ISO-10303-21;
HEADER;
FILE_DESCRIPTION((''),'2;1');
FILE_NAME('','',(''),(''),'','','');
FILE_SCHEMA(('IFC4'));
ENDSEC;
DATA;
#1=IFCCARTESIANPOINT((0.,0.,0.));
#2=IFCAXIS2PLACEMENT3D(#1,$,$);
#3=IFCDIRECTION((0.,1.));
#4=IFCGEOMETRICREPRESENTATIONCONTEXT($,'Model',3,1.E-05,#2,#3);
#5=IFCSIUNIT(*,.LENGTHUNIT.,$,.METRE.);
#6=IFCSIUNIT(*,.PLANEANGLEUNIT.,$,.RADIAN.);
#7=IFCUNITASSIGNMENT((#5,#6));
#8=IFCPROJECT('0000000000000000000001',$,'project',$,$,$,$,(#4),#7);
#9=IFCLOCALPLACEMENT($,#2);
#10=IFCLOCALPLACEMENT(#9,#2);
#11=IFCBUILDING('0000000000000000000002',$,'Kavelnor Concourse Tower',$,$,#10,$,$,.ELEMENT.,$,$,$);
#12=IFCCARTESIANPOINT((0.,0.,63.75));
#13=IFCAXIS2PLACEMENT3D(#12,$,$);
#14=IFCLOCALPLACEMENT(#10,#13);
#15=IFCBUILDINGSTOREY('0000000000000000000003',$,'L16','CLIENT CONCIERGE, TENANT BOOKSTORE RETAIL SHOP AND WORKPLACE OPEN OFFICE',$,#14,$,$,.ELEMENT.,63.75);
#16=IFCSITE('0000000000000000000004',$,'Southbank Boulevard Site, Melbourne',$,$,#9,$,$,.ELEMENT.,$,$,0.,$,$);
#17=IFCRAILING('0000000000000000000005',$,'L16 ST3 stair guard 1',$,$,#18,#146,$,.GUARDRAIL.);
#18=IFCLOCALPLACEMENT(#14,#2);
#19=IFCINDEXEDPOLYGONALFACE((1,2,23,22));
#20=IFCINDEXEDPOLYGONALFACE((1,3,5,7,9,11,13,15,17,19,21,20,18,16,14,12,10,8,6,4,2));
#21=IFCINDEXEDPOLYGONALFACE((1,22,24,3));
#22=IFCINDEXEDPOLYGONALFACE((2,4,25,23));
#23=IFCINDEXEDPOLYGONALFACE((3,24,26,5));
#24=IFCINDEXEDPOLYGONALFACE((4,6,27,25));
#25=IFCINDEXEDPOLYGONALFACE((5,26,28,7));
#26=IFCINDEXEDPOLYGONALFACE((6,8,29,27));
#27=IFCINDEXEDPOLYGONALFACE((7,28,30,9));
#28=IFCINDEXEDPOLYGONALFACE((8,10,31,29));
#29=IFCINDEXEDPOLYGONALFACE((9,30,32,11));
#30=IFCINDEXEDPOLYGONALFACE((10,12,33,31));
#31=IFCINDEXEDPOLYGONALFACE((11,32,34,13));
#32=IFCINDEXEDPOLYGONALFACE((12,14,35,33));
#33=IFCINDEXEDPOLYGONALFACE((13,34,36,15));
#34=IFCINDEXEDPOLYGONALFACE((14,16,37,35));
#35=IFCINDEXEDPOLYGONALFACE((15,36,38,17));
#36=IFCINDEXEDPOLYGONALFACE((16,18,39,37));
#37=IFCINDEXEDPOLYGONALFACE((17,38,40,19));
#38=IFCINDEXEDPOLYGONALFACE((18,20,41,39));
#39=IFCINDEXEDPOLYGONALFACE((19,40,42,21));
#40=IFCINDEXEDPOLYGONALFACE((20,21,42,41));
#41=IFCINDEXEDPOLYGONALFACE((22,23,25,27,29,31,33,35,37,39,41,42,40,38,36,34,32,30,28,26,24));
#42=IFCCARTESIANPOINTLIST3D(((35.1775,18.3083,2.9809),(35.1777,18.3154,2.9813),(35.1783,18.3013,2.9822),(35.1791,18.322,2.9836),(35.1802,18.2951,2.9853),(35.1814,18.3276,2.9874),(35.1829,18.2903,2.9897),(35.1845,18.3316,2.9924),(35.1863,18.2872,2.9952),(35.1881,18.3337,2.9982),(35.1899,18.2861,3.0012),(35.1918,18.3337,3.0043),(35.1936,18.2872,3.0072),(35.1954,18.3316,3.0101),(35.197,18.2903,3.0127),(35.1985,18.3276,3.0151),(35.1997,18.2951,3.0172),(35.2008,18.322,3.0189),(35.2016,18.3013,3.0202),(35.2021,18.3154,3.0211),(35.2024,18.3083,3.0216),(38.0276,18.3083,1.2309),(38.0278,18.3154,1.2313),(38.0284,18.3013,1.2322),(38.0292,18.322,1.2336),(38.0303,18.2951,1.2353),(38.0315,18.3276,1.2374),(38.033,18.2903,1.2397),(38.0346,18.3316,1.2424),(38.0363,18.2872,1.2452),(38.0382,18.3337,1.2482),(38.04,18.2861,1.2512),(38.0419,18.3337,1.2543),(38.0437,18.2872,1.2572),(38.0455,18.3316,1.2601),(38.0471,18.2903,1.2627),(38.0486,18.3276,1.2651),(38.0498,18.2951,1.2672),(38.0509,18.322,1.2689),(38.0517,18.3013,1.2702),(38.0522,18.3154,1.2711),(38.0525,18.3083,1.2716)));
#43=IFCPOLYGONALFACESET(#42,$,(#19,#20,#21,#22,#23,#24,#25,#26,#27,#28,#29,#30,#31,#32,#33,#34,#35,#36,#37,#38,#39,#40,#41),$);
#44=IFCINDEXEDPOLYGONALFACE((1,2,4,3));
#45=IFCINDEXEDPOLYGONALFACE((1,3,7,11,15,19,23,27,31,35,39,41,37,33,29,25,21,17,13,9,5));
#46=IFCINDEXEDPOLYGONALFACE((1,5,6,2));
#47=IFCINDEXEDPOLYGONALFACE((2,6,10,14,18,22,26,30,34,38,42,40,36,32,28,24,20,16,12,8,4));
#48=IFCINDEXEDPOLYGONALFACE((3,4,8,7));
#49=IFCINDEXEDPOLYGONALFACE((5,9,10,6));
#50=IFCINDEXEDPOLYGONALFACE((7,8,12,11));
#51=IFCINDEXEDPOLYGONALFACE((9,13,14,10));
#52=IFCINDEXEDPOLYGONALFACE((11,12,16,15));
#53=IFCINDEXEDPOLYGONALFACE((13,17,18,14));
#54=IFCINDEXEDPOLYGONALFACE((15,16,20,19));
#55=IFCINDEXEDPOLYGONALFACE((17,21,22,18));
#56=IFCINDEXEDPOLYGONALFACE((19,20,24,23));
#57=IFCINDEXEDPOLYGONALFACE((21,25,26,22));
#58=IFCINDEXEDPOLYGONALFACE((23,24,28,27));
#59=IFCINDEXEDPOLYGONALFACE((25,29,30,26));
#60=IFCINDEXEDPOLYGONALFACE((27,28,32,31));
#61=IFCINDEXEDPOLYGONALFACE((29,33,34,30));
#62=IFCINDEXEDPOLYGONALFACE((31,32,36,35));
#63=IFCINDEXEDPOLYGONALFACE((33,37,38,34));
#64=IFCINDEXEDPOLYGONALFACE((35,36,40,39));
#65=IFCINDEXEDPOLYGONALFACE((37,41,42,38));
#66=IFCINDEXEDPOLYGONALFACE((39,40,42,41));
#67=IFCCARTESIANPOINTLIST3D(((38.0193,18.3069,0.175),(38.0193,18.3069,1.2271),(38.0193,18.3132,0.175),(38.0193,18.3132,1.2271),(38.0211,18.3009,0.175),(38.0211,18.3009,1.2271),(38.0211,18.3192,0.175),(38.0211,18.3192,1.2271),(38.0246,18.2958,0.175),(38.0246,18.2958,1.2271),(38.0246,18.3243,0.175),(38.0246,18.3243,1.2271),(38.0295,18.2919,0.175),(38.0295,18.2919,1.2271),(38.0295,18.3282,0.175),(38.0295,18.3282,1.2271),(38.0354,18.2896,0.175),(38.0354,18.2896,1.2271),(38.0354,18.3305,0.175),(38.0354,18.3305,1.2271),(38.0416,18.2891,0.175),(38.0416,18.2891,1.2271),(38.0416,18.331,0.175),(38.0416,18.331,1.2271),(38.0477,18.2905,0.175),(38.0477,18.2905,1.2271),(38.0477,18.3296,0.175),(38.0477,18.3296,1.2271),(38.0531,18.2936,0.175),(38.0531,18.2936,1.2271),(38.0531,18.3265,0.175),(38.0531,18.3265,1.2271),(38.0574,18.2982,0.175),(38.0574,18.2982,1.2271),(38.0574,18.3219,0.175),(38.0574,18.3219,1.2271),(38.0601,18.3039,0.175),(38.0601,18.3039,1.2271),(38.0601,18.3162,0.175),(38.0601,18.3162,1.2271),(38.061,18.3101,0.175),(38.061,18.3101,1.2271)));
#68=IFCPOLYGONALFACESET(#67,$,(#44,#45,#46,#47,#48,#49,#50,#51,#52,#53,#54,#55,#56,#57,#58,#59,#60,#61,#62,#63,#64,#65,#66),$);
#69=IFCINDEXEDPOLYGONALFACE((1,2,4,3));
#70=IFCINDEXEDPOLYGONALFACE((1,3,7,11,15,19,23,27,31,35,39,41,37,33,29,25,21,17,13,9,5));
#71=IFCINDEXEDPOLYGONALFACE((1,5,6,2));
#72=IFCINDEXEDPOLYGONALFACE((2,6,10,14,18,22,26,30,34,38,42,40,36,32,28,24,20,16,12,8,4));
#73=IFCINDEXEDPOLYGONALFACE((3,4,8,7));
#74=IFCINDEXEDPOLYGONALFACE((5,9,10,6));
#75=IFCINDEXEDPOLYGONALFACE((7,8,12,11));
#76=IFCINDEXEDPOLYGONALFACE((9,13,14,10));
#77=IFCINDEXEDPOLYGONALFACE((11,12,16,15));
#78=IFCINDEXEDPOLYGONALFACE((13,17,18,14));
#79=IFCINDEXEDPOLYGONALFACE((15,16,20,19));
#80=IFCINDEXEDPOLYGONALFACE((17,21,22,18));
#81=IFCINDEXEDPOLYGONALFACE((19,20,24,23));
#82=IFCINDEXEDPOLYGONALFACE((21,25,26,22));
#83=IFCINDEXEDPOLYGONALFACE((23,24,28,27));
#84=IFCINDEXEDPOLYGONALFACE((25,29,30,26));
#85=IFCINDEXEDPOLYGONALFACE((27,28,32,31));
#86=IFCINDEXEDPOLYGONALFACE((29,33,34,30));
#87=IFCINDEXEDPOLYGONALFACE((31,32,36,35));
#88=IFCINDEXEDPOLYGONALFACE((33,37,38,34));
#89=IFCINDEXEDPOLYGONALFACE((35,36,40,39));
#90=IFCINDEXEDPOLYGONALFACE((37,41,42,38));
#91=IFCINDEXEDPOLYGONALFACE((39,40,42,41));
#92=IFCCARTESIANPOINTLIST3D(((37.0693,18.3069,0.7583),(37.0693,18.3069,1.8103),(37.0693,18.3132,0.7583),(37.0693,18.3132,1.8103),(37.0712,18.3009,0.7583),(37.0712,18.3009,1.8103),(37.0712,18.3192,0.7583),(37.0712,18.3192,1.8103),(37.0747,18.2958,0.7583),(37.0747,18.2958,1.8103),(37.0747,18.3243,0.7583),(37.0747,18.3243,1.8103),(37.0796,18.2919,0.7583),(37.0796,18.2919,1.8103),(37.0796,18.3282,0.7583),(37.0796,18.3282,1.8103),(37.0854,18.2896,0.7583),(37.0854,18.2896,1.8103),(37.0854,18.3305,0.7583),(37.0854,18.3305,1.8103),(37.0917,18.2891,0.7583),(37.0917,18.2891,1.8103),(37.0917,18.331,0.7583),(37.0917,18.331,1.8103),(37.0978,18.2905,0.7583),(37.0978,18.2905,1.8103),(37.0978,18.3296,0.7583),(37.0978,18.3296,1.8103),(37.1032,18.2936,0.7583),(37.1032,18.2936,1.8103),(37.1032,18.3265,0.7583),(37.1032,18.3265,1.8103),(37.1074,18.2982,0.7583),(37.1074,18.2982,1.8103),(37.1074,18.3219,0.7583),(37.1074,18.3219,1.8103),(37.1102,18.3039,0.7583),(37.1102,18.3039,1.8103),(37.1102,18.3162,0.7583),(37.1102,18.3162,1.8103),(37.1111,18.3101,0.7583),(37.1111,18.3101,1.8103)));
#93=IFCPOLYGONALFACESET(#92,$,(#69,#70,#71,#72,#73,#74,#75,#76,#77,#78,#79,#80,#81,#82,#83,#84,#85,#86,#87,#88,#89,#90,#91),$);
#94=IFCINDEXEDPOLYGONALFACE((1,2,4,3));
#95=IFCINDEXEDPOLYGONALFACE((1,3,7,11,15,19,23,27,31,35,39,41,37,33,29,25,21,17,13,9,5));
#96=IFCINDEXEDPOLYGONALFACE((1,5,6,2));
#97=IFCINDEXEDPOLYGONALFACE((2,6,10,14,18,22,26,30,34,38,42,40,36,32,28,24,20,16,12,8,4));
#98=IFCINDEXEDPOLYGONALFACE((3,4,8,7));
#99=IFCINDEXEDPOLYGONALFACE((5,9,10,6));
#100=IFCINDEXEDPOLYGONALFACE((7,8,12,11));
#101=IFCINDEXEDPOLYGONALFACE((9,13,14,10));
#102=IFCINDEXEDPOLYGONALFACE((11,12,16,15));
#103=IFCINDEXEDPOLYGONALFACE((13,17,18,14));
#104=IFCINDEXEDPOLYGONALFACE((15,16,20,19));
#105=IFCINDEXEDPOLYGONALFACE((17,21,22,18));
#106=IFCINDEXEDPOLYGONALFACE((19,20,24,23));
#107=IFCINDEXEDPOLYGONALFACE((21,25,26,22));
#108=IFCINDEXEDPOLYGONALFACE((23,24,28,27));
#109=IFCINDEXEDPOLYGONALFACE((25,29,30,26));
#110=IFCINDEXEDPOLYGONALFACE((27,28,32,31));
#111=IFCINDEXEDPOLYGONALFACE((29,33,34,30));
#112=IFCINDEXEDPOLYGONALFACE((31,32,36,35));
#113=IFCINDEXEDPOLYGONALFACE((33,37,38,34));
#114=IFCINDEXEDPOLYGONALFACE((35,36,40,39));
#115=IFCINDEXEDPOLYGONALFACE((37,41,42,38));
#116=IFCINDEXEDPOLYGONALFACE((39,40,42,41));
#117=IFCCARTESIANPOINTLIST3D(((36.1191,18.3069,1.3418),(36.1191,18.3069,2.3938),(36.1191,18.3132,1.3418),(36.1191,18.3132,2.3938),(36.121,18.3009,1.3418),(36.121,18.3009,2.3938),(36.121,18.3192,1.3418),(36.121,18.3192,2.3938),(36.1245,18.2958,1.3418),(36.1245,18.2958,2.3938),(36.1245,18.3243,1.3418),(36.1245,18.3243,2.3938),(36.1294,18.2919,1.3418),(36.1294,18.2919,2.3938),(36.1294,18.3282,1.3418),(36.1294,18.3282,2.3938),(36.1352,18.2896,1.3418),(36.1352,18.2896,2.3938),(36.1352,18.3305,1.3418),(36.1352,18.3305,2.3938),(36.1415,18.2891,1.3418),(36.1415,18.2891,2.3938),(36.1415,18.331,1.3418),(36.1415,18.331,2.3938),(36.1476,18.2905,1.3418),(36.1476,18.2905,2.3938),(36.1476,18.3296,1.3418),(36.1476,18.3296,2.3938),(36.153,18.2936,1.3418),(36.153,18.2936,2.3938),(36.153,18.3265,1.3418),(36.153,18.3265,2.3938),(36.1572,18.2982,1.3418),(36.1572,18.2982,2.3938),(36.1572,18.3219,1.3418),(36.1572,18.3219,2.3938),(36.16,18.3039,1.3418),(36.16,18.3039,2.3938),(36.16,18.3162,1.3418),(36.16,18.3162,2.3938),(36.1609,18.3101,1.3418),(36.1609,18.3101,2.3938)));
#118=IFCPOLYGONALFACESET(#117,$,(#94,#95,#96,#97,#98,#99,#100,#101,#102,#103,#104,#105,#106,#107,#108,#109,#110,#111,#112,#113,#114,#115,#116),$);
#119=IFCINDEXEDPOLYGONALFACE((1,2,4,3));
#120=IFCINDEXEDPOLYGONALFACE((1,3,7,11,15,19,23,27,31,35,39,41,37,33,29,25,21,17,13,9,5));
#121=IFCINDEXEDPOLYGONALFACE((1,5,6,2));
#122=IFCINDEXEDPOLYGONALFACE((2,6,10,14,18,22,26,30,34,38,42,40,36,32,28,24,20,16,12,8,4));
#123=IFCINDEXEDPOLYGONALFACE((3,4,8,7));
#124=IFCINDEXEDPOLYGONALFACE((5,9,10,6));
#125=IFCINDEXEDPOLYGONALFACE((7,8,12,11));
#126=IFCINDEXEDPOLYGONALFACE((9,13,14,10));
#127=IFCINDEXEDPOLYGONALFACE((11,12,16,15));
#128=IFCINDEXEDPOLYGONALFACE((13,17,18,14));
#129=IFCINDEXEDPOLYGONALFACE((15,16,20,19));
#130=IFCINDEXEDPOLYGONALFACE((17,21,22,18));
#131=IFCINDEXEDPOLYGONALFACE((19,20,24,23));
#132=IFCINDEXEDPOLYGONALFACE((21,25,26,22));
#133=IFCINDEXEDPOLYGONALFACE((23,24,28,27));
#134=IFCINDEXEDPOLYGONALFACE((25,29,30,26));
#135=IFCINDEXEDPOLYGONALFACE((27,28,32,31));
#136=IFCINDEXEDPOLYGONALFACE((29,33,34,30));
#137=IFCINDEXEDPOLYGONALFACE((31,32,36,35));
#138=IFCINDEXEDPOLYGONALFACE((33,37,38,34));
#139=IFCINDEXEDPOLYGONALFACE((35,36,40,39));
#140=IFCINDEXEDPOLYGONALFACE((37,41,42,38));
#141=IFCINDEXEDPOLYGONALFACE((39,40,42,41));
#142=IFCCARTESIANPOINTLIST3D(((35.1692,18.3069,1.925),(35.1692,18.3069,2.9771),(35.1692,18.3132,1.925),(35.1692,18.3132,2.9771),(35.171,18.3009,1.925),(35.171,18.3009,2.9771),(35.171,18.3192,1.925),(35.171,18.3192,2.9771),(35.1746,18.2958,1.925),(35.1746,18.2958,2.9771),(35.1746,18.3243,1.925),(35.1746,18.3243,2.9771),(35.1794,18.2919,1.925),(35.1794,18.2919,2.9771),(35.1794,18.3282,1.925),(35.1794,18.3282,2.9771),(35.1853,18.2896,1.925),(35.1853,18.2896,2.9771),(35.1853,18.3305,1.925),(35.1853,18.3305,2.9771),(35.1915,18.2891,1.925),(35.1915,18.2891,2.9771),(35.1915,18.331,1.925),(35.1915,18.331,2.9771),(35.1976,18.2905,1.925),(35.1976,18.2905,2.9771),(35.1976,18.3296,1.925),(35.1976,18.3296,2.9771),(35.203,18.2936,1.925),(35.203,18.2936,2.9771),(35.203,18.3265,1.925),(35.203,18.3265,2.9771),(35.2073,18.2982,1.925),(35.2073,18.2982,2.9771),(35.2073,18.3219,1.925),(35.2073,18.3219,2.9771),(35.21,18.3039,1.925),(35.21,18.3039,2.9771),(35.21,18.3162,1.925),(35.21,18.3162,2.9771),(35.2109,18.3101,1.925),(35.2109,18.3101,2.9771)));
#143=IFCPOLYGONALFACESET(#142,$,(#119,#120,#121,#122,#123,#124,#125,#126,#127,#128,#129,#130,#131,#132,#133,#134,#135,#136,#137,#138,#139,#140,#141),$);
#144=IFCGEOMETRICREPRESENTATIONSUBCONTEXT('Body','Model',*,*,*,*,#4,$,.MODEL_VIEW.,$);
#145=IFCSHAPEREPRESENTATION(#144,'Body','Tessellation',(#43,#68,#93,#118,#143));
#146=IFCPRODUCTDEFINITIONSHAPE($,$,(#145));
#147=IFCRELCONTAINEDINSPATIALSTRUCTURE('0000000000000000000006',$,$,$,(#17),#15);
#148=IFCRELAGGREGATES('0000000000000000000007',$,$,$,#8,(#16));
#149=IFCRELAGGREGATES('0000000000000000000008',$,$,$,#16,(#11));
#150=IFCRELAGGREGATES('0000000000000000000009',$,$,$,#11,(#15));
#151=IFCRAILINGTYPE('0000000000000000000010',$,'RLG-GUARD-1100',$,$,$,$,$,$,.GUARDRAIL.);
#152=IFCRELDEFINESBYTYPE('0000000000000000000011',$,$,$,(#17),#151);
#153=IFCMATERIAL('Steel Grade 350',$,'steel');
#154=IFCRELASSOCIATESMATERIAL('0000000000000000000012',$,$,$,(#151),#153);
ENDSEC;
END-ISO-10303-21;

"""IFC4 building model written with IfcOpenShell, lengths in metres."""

from ifc_helpers import new_model, si_unit, direction, frame, origin, origin_2d, place, context, subcontext, project, spatial, circle, extrude, material, type_object, element, save


model = new_model("IFC4")

# Units and contexts
model_context = context("Model", 3, precision=1e-05, world=origin(), true_north=direction((0.0, 1.0)))
body_context = subcontext(model_context, "Body", "Model", "MODEL_VIEW")
ifc_project = project(units=[si_unit("LENGTHUNIT", "METRE"), si_unit("PLANEANGLEUNIT", "RADIAN")], contexts=[model_context])

# Site, building, storey
site_placement = place(None, origin())
site = spatial("IfcSite", under=ifc_project, at=site_placement, Name="Southbank Boulevard Site, Melbourne", CompositionType="ELEMENT", RefElevation=0.0)
building_placement = place(site_placement, origin())
building = spatial("IfcBuilding", under=site, at=building_placement, Name="Kavelnor Concourse Tower", CompositionType="ELEMENT")
storey_placement = place(building_placement, frame((0.0, 0.0, 63.75)))
storey = spatial("IfcBuildingStorey", under=building, at=storey_placement, Name="L16", Description="CLIENT CONCIERGE, TENANT BOOKSTORE RETAIL SHOP AND WORKPLACE OPEN OFFICE", CompositionType="ELEMENT", Elevation=63.75)

# Shared definitions
ifc_material_1 = material(Name="Steel Grade 350", Category="steel")

# Railing
railing_type_1 = type_object("IfcRailingType", Name="RLG-GUARD-1100", PredefinedType="GUARDRAIL", material=ifc_material_1)
railing_1_placement = place(storey_placement, frame((38.04, 18.3101, 0.175)))
element("IfcRailing", 1, at=railing_1_placement, inside=storey, type_object=railing_type_1, Name="L16 ST3 stair guard 1", PredefinedType="GUARDRAIL", context=body_context, shape_type="SweptSolid", body=[
    extrude(circle(Radius=0.0239, at=origin_2d()), frame((0.0, 0.0, 1.0762), z_axis=(-0.852179, 0.0, 0.52325), x_axis=(0.0, -1.0, 0.0)), (0.0, 0.0, 1.0), 3.3445),
    extrude(circle(Radius=0.021, at=origin_2d()), origin(), (0.0, 0.0, 1.0), 1.052),
    extrude(circle(Radius=0.021, at=origin_2d()), frame((-0.95, 0.0, 0.5833)), (0.0, 0.0, 1.0), 1.052),
    extrude(circle(Radius=0.021, at=origin_2d()), frame((-1.9001, 0.0, 1.1667)), (0.0, 0.0, 1.0), 1.052),
    extrude(circle(Radius=0.021, at=origin_2d()), frame((-2.8501, 0.0, 1.75)), (0.0, 0.0, 1.0), 1.052),
])

save(model, "model.ifc")
